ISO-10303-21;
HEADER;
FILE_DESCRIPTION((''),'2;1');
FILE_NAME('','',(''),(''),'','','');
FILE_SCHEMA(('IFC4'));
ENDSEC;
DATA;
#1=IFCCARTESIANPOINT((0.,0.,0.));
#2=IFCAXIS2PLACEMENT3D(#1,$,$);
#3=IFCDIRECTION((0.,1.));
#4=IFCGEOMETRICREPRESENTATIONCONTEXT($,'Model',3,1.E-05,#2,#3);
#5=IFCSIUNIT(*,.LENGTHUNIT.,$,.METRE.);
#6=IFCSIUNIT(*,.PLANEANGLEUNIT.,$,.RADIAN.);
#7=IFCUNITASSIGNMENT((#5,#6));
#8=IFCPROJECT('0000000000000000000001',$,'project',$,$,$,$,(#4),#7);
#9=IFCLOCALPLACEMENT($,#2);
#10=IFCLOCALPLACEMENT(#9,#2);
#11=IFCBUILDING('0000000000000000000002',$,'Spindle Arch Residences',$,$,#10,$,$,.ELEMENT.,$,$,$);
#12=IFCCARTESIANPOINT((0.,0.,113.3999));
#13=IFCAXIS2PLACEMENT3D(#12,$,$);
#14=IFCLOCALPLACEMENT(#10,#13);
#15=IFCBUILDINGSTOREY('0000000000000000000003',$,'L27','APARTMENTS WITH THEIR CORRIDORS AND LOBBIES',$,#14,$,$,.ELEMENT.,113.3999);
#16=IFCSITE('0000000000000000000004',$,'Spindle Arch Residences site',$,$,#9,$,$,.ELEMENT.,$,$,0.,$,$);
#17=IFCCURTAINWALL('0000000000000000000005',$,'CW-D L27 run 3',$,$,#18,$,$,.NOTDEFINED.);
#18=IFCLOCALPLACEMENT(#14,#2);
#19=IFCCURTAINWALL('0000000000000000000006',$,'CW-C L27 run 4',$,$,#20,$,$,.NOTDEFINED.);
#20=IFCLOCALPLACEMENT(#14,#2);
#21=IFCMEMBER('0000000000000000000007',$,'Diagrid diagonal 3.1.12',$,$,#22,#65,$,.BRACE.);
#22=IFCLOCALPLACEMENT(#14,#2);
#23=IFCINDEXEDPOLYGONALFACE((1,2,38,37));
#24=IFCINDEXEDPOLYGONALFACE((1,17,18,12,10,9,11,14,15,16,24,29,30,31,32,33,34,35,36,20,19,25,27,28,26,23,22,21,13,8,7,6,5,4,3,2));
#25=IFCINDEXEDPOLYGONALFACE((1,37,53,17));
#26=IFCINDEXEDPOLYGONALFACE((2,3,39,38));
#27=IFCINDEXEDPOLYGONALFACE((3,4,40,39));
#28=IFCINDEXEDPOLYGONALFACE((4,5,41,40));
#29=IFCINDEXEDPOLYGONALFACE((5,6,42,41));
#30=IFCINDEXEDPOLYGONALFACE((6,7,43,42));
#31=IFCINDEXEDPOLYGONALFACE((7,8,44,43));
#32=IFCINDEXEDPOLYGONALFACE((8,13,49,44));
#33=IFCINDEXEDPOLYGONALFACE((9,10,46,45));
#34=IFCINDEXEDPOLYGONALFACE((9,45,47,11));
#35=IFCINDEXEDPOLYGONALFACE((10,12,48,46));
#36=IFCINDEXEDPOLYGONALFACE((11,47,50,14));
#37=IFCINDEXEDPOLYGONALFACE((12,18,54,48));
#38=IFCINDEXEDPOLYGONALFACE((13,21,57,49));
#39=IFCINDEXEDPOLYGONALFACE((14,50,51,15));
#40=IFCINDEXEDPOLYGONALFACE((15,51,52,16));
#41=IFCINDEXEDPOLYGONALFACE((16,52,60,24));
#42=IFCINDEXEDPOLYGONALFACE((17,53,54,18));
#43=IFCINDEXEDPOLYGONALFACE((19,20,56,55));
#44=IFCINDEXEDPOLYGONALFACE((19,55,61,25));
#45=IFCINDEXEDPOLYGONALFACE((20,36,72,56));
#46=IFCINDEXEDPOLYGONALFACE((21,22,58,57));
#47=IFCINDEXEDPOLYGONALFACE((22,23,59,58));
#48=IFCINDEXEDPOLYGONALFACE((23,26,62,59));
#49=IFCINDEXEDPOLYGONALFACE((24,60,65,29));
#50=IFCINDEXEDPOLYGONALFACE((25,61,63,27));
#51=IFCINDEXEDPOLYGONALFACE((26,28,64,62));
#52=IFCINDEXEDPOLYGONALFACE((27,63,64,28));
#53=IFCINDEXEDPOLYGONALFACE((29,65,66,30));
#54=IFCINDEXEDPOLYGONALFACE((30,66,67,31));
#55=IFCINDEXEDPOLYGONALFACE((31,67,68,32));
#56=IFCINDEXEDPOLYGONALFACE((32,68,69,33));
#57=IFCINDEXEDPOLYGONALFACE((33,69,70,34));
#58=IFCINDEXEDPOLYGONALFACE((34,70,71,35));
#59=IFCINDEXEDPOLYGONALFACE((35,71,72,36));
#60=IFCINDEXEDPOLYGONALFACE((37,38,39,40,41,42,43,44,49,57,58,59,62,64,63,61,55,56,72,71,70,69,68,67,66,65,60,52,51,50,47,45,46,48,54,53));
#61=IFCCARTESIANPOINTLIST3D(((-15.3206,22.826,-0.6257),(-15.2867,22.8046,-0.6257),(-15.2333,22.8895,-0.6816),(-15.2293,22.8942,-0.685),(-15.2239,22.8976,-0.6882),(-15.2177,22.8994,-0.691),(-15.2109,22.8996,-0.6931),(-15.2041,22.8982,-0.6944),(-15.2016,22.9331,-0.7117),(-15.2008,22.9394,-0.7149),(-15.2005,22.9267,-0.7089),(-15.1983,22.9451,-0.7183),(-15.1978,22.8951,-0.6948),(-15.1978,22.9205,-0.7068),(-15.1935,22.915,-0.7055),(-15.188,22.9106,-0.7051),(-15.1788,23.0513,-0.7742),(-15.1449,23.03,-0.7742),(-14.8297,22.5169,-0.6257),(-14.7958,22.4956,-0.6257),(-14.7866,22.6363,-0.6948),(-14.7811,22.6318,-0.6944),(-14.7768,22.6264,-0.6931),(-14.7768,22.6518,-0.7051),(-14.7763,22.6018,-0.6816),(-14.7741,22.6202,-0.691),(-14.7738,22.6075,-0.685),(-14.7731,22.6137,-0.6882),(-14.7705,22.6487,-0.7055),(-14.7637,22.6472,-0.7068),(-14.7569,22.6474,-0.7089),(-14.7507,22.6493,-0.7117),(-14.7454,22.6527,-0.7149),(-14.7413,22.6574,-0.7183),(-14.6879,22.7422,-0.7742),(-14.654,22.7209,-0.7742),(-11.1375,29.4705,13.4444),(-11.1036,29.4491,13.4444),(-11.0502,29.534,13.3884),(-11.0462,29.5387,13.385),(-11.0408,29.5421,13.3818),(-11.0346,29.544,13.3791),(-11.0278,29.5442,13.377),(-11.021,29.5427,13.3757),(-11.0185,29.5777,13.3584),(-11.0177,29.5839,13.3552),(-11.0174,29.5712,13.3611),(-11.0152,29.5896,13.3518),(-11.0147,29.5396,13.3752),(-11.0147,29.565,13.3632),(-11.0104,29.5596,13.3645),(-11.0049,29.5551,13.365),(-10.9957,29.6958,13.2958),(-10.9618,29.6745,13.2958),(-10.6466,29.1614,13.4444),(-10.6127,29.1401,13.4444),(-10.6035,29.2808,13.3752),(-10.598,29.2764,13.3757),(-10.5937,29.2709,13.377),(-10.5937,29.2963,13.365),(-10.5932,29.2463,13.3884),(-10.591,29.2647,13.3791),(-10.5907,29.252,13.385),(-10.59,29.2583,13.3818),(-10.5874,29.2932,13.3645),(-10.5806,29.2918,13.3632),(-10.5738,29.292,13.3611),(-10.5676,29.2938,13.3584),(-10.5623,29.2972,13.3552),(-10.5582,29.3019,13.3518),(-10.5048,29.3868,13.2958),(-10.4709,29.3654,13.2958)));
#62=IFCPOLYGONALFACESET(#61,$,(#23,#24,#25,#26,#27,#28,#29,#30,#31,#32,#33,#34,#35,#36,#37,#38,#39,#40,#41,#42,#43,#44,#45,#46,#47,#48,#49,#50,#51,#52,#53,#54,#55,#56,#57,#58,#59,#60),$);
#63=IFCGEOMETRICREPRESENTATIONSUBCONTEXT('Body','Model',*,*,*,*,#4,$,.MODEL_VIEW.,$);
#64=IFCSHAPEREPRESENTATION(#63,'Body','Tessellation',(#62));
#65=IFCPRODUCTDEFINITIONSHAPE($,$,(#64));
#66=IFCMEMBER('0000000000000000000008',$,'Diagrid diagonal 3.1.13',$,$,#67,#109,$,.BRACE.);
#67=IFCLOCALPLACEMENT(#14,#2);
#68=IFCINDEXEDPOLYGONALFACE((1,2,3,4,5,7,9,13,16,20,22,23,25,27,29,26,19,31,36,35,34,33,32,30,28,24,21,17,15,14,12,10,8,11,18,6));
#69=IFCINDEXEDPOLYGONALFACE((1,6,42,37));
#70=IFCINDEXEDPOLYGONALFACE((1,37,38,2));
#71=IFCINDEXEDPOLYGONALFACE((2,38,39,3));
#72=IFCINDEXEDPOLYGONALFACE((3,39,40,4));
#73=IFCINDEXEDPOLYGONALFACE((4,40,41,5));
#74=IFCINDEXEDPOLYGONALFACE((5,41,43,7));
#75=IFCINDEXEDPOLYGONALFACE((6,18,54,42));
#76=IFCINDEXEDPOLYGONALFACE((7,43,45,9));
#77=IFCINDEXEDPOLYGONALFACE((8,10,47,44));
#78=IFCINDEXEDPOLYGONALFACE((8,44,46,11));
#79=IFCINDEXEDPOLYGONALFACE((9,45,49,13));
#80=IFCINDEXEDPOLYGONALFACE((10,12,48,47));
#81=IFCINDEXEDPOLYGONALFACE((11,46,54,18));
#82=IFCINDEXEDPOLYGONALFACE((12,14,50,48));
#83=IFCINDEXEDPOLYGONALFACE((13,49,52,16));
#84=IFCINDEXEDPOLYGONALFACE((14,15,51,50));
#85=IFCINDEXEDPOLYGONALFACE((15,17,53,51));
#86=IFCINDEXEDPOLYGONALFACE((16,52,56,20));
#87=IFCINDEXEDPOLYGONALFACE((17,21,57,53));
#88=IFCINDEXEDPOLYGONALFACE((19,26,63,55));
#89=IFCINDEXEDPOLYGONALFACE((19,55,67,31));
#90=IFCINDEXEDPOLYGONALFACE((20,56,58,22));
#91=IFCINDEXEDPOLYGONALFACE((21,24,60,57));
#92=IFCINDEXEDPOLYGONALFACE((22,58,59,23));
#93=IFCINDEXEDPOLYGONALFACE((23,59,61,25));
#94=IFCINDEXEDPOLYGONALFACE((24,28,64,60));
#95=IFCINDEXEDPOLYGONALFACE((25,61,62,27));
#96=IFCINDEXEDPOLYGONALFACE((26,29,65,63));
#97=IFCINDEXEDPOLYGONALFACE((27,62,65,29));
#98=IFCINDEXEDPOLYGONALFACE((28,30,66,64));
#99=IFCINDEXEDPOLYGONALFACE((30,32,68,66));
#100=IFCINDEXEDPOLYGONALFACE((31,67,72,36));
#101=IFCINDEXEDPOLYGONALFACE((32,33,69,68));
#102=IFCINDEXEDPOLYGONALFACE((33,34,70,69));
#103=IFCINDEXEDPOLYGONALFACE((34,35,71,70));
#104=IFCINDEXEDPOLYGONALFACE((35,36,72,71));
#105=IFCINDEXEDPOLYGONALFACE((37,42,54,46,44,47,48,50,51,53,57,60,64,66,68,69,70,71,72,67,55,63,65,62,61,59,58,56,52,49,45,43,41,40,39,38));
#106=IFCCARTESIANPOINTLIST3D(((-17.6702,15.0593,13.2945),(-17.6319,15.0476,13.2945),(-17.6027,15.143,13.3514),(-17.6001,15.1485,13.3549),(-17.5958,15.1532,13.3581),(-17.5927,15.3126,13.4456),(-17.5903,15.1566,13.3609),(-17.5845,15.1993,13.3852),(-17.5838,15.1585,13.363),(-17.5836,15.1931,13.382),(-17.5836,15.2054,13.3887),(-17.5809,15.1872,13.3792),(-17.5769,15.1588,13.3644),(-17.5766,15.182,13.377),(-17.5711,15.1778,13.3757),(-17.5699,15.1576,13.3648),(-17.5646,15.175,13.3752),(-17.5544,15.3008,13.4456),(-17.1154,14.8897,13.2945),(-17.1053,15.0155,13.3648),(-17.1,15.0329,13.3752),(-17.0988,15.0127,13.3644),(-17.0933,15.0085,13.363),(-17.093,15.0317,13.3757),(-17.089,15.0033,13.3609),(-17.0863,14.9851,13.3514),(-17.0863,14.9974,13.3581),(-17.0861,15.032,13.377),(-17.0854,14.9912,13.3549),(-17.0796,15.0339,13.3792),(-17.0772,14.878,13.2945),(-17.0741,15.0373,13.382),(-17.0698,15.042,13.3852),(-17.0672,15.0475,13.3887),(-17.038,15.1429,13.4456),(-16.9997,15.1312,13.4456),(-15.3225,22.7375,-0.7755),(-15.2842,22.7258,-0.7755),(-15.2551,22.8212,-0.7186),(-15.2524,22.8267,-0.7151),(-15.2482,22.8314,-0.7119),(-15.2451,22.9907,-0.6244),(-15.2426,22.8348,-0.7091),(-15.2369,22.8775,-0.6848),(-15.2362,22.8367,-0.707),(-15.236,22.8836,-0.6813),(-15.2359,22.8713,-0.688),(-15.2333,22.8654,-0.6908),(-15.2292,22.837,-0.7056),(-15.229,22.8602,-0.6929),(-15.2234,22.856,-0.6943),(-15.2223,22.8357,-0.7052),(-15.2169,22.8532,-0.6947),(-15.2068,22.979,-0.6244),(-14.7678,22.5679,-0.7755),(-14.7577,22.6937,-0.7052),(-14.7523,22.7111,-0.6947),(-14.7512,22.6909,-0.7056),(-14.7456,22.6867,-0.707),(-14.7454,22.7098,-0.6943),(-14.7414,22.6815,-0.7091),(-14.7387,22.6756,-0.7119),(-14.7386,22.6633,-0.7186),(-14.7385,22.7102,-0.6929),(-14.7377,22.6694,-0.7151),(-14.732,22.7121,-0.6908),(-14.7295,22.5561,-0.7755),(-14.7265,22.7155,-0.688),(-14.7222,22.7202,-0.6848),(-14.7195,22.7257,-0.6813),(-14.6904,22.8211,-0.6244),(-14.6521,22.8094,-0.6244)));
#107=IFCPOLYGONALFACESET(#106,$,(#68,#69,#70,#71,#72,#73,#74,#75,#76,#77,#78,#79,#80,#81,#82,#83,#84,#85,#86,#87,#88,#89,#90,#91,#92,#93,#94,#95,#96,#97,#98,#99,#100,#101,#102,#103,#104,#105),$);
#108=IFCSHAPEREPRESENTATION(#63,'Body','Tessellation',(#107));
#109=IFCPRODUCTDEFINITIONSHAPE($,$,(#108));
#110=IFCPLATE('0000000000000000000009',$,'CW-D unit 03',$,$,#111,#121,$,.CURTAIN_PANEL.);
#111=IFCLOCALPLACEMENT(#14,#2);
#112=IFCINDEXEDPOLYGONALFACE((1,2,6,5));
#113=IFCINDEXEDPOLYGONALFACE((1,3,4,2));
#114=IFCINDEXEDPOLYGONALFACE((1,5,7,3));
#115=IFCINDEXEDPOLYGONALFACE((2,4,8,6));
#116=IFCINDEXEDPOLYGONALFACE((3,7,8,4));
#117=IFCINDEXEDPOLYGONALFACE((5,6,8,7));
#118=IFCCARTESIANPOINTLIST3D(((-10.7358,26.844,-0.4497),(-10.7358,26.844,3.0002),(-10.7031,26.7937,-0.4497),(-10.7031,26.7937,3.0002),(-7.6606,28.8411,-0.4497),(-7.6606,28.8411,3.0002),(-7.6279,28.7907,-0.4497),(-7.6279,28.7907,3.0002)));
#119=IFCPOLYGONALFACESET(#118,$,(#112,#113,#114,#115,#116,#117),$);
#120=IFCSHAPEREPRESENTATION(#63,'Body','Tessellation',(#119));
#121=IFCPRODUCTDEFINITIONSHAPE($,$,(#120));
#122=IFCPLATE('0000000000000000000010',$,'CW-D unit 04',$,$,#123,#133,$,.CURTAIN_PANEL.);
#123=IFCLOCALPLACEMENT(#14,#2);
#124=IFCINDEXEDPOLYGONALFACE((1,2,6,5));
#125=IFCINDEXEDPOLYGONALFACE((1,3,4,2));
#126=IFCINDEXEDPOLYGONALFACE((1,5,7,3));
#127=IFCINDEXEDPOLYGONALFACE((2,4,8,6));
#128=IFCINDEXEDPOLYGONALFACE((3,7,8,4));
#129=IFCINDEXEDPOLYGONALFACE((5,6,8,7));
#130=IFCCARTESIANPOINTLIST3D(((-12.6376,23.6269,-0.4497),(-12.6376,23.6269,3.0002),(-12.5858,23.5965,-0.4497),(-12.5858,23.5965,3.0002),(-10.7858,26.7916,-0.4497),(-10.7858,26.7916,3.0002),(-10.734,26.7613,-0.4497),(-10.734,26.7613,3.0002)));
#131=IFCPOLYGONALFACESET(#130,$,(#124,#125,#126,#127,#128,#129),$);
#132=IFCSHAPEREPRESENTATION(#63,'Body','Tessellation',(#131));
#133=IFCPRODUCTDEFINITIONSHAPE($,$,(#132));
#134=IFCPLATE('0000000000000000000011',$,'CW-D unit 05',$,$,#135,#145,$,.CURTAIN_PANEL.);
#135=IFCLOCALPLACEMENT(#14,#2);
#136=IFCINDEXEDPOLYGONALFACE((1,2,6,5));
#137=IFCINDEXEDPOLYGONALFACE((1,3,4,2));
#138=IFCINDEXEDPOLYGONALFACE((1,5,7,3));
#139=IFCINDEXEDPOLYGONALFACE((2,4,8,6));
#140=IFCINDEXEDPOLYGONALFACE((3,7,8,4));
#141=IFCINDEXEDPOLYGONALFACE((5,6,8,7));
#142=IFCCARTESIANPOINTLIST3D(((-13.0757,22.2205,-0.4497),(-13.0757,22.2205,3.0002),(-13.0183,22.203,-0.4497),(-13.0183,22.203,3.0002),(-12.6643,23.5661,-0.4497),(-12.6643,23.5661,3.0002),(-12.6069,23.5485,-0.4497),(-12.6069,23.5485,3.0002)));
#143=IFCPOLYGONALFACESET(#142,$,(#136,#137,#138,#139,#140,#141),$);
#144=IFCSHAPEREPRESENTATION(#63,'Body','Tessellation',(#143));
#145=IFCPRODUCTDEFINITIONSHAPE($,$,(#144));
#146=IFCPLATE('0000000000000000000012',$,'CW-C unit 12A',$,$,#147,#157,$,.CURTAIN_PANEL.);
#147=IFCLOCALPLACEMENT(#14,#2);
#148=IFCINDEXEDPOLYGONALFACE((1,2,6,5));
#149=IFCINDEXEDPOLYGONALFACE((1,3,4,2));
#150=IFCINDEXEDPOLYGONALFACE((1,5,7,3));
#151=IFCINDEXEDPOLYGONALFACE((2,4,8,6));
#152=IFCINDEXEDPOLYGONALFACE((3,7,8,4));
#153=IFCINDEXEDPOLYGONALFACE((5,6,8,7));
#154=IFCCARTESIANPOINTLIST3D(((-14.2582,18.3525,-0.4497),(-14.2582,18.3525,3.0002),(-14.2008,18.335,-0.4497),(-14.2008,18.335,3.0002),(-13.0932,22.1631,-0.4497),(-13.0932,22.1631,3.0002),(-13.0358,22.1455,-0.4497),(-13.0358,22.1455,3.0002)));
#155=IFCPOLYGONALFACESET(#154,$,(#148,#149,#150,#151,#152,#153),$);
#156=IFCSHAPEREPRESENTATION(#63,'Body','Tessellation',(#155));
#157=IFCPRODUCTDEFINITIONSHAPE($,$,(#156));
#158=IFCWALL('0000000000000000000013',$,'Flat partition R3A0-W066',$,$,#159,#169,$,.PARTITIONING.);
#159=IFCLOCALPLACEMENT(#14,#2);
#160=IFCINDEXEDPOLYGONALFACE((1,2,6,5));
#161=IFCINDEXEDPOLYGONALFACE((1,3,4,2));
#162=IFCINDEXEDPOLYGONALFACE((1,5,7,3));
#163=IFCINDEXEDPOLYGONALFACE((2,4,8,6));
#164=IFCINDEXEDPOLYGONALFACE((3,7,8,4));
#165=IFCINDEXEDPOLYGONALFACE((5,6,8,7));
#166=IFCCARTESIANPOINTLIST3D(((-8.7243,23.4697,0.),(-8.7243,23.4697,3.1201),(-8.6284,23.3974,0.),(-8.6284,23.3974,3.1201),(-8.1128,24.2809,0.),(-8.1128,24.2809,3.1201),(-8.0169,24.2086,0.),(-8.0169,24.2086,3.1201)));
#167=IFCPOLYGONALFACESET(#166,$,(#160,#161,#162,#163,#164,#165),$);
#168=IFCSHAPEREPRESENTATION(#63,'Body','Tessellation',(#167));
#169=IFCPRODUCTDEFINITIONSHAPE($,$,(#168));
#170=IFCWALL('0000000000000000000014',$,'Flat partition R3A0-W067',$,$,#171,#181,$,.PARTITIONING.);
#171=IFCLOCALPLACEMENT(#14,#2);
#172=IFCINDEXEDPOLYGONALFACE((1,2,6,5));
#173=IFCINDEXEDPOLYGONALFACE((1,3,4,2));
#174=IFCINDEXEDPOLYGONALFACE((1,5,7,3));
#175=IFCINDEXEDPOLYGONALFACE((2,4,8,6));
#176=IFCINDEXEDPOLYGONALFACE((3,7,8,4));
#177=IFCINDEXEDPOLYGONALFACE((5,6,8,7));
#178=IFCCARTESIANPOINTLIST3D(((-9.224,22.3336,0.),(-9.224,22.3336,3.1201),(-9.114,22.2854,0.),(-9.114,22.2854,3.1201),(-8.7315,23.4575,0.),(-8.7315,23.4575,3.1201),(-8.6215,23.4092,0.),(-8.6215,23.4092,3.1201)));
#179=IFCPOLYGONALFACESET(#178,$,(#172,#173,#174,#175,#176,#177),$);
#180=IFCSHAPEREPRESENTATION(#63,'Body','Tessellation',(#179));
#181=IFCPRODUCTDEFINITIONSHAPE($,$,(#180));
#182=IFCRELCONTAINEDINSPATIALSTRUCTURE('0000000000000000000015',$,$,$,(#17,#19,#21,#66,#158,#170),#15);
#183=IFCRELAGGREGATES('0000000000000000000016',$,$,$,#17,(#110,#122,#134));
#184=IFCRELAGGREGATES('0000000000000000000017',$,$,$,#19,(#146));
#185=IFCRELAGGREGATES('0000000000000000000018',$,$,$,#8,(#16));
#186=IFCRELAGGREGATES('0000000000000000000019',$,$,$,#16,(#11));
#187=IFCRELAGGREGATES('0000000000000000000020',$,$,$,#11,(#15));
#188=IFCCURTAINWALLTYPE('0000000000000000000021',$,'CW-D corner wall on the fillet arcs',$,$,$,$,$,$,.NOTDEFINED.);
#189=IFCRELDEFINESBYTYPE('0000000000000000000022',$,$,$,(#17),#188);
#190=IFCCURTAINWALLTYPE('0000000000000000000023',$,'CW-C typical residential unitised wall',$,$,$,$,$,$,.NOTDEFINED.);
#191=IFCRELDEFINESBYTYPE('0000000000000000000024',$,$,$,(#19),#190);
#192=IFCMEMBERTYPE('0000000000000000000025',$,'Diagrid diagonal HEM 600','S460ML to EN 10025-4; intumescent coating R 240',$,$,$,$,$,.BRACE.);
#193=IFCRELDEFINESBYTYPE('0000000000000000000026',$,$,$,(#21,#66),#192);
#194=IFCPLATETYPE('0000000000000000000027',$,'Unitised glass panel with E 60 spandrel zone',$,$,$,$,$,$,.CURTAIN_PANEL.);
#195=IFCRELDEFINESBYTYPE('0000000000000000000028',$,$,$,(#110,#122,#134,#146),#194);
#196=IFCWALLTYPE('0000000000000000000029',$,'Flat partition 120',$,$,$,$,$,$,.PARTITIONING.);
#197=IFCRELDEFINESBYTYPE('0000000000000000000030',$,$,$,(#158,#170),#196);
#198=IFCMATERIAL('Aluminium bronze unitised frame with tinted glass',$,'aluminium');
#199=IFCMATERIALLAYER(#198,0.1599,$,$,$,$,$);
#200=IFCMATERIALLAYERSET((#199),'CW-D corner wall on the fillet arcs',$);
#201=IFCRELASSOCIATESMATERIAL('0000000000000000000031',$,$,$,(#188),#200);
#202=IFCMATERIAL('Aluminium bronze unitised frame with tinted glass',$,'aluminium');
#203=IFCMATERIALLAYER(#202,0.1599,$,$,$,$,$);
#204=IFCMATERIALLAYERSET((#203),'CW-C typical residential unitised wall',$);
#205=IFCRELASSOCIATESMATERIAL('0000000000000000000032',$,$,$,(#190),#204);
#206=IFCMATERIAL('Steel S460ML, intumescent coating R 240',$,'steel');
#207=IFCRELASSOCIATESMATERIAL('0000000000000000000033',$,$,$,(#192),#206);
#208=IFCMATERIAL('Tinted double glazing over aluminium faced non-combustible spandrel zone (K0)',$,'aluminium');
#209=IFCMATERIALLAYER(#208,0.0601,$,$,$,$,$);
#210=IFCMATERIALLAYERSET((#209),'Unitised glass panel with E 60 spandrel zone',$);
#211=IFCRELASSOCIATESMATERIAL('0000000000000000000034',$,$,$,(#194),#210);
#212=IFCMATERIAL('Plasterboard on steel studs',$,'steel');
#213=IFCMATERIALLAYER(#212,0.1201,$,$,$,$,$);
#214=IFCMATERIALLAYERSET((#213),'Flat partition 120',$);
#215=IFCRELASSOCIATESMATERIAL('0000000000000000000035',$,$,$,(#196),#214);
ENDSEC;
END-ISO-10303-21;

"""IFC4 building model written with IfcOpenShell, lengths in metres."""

from ifc_helpers import new_model, si_unit, direction, frame, frame_2d, origin, origin_2d, place, context, subcontext, project, spatial, rectangle, i_section, extrude, material, layer, layer_set, material_profile, profile_set, type_object, element, aggregate, save


model = new_model("IFC4")

# Units and contexts
model_context = context("Model", 3, precision=1e-05, world=origin(), true_north=direction((0.0, 1.0)))
body_context = subcontext(model_context, "Body", "Model", "MODEL_VIEW")
ifc_project = project(units=[si_unit("LENGTHUNIT", "METRE"), si_unit("PLANEANGLEUNIT", "RADIAN")], contexts=[model_context])

# Site, building, storey
site_placement = place(None, origin())
site = spatial("IfcSite", under=ifc_project, at=site_placement, Name="Spindle Arch Residences site", CompositionType="ELEMENT", RefElevation=0.0)
building_placement = place(site_placement, origin())
building = spatial("IfcBuilding", under=site, at=building_placement, Name="Spindle Arch Residences", CompositionType="ELEMENT")
storey_placement = place(building_placement, frame((0.0, 0.0, 113.3999)))
storey = spatial("IfcBuildingStorey", under=building, at=storey_placement, Name="L27", Description="APARTMENTS WITH THEIR CORRIDORS AND LOBBIES", CompositionType="ELEMENT", Elevation=113.3999)

# Curtain wall
ifc_material_1 = material(Name="Aluminium bronze unitised frame with tinted glass", Category="aluminium")
ifc_layer_1 = layer(ifc_material_1, 0.1599)
ifc_layer_set_1 = layer_set([ifc_layer_1], Name="CW-D corner wall on the fillet arcs")
curtain_wall_type_1 = type_object("IfcCurtainWallType", Name="CW-D corner wall on the fillet arcs", PredefinedType="NOTDEFINED", material=ifc_layer_set_1)
curtain_wall_1_placement = place(storey_placement, origin())
curtain_wall_1 = element("IfcCurtainWall", 1, at=curtain_wall_1_placement, inside=storey, type_object=curtain_wall_type_1, Name="CW-D L27 run 3", PredefinedType="NOTDEFINED")

# Curtain wall
ifc_material_2 = material(Name="Aluminium bronze unitised frame with tinted glass", Category="aluminium")
ifc_layer_2 = layer(ifc_material_2, 0.1599)
ifc_layer_set_2 = layer_set([ifc_layer_2], Name="CW-C typical residential unitised wall")
curtain_wall_type_2 = type_object("IfcCurtainWallType", Name="CW-C typical residential unitised wall", PredefinedType="NOTDEFINED", material=ifc_layer_set_2)
curtain_wall_2_placement = place(storey_placement, origin())
curtain_wall_2 = element("IfcCurtainWall", 2, at=curtain_wall_2_placement, inside=storey, type_object=curtain_wall_type_2, Name="CW-C L27 run 4", PredefinedType="NOTDEFINED")

# Members
ifc_material_3 = material(Name="Steel S460ML, intumescent coating R 240", Category="steel")
ifc_material_profile_1 = material_profile(ifc_material_3, i_section(OverallWidth=0.3049, OverallDepth=0.6201, WebThickness=0.021, FlangeThickness=0.04, FilletRadius=0.0271, at=origin_2d()), Name="HEM 600")
ifc_profile_set_1 = profile_set([ifc_material_profile_1], Name="Steel S460ML, intumescent coating R 240")
member_type_1 = type_object("IfcMemberType", Name="Diagrid diagonal HEM 600", Description="S460ML to EN 10025-4; intumescent coating R 240", PredefinedType="BRACE", material=ifc_profile_set_1)
member_1_placement = place(storey_placement, frame((-14.9873, 22.7734, -0.7), z_axis=(0.259617, 0.412382, 0.873235), x_axis=(-0.465233, -0.738985, 0.487299)))
element("IfcMember", 3, at=member_1_placement, inside=storey, type_object=member_type_1, Name="Diagrid diagonal 3.1.12", PredefinedType="BRACE", context=body_context, shape_type="SweptSolid", body=[
    extrude(i_section(OverallWidth=0.3049, OverallDepth=0.6201, WebThickness=0.021, FlangeThickness=0.04, FilletRadius=0.0271, at=origin_2d()), origin(), (0.0, 0.0, 1.0), 16.1125),
])
member_2_placement = place(storey_placement, frame((-14.9873, 22.7734, -0.7), z_axis=(-0.144919, -0.47397, 0.868534), x_axis=(0.253953, 0.830577, 0.49563)))
element("IfcMember", 4, at=member_2_placement, inside=storey, type_object=member_type_1, Name="Diagrid diagonal 3.1.13", PredefinedType="BRACE", context=body_context, shape_type="SweptSolid", body=[
    extrude(i_section(OverallWidth=0.3049, OverallDepth=0.6201, WebThickness=0.021, FlangeThickness=0.04, FilletRadius=0.0271, at=origin_2d()), origin(), (0.0, 0.0, 1.0), 16.1997),
])

# Plates
ifc_material_4 = material(Name="Tinted double glazing over aluminium faced non-combustible spandrel zone (K0)", Category="aluminium")
ifc_layer_3 = layer(ifc_material_4, 0.0601)
ifc_layer_set_3 = layer_set([ifc_layer_3], Name="Unitised glass panel with E 60 spandrel zone")
plate_type = type_object("IfcPlateType", Name="Unitised glass panel with E 60 spandrel zone", PredefinedType="CURTAIN_PANEL", material=ifc_layer_set_3)
plate_1_placement = place(storey_placement, frame((-9.1819, 27.8174, -0.4497), z_axis=(0.0, 0.0, 1.0), x_axis=(-0.838671, -0.544639, 0.0)))
plate_1 = element("IfcPlate", 5, at=plate_1_placement, type_object=plate_type, Name="CW-D unit 03", PredefinedType="CURTAIN_PANEL", context=body_context, shape_type="SweptSolid", body=[
    extrude(rectangle(XDim=3.6667, YDim=0.0601, at=origin_2d()), origin(), (0.0, 0.0, 1.0), 3.45),
])
plate_2_placement = place(storey_placement, frame((-11.6858, 25.1941, -0.4497), z_axis=(0.0, 0.0, 1.0), x_axis=(-0.50503, -0.863102, 0.0)))
plate_2 = element("IfcPlate", 6, at=plate_2_placement, type_object=plate_type, Name="CW-D unit 04", PredefinedType="CURTAIN_PANEL", context=body_context, shape_type="SweptSolid", body=[
    extrude(rectangle(XDim=3.6667, YDim=0.0601, at=origin_2d()), origin(), (0.0, 0.0, 1.0), 3.45),
])
plate_3_placement = place(storey_placement, frame((-12.8413, 22.8845, -0.4497), z_axis=(0.0, 0.0, 1.0), x_axis=(-0.292372, -0.956305, 0.0)))
plate_3 = element("IfcPlate", 7, at=plate_3_placement, type_object=plate_type, Name="CW-D unit 05", PredefinedType="CURTAIN_PANEL", context=body_context, shape_type="SweptSolid", body=[
    extrude(rectangle(XDim=1.407, YDim=0.0601, at=origin_2d()), origin(), (0.0, 0.0, 1.0), 3.45),
])
aggregate(curtain_wall_1, [plate_1, plate_2, plate_3])
plate_4_placement = place(storey_placement, frame((-13.647, 20.249, -0.4497), z_axis=(0.0, 0.0, 1.0), x_axis=(-0.292372, -0.956305, 0.0)))
plate_4 = element("IfcPlate", 8, at=plate_4_placement, type_object=plate_type, Name="CW-C unit 12A", PredefinedType="CURTAIN_PANEL", context=body_context, shape_type="SweptSolid", body=[
    extrude(rectangle(XDim=3.9846, YDim=0.0601, at=origin_2d()), origin(), (0.0, 0.0, 1.0), 3.45),
])
aggregate(curtain_wall_2, [plate_4])

# Walls
ifc_material_5 = material(Name="Plasterboard on steel studs", Category="steel")
ifc_layer_4 = layer(ifc_material_5, 0.1201)
ifc_layer_set_4 = layer_set([ifc_layer_4], Name="Flat partition 120")
wall_type_1 = type_object("IfcWallType", Name="Flat partition 120", PredefinedType="PARTITIONING", material=ifc_layer_set_4)
wall_1_placement = place(storey_placement, frame((-8.0649, 24.2446, 0.0), z_axis=(0.0, 0.0, 1.0), x_axis=(-0.601959, -0.798527, 0.0)))
element("IfcWall", 9, at=wall_1_placement, inside=storey, type_object=wall_type_1, Name="Flat partition R3A0-W066", PredefinedType="PARTITIONING", context=body_context, shape_type="SweptSolid", body=[
    extrude(rectangle(XDim=1.0159, YDim=0.1201, at=frame_2d((0.5078, 0.0))), origin(), (0.0, 0.0, 1.0), 3.1201),
])
wall_2_placement = place(storey_placement, frame((-8.6765, 23.4333, 0.0), z_axis=(0.0, 0.0, 1.0), x_axis=(-0.401351, -0.915924, 0.0)))
element("IfcWall", 10, at=wall_2_placement, inside=storey, type_object=wall_type_1, Name="Flat partition R3A0-W067", PredefinedType="PARTITIONING", context=body_context, shape_type="SweptSolid", body=[
    extrude(rectangle(XDim=1.2271, YDim=0.1201, at=frame_2d((0.6135, 0.0))), origin(), (0.0, 0.0, 1.0), 3.1201),
])

save(model, "model.ifc")
